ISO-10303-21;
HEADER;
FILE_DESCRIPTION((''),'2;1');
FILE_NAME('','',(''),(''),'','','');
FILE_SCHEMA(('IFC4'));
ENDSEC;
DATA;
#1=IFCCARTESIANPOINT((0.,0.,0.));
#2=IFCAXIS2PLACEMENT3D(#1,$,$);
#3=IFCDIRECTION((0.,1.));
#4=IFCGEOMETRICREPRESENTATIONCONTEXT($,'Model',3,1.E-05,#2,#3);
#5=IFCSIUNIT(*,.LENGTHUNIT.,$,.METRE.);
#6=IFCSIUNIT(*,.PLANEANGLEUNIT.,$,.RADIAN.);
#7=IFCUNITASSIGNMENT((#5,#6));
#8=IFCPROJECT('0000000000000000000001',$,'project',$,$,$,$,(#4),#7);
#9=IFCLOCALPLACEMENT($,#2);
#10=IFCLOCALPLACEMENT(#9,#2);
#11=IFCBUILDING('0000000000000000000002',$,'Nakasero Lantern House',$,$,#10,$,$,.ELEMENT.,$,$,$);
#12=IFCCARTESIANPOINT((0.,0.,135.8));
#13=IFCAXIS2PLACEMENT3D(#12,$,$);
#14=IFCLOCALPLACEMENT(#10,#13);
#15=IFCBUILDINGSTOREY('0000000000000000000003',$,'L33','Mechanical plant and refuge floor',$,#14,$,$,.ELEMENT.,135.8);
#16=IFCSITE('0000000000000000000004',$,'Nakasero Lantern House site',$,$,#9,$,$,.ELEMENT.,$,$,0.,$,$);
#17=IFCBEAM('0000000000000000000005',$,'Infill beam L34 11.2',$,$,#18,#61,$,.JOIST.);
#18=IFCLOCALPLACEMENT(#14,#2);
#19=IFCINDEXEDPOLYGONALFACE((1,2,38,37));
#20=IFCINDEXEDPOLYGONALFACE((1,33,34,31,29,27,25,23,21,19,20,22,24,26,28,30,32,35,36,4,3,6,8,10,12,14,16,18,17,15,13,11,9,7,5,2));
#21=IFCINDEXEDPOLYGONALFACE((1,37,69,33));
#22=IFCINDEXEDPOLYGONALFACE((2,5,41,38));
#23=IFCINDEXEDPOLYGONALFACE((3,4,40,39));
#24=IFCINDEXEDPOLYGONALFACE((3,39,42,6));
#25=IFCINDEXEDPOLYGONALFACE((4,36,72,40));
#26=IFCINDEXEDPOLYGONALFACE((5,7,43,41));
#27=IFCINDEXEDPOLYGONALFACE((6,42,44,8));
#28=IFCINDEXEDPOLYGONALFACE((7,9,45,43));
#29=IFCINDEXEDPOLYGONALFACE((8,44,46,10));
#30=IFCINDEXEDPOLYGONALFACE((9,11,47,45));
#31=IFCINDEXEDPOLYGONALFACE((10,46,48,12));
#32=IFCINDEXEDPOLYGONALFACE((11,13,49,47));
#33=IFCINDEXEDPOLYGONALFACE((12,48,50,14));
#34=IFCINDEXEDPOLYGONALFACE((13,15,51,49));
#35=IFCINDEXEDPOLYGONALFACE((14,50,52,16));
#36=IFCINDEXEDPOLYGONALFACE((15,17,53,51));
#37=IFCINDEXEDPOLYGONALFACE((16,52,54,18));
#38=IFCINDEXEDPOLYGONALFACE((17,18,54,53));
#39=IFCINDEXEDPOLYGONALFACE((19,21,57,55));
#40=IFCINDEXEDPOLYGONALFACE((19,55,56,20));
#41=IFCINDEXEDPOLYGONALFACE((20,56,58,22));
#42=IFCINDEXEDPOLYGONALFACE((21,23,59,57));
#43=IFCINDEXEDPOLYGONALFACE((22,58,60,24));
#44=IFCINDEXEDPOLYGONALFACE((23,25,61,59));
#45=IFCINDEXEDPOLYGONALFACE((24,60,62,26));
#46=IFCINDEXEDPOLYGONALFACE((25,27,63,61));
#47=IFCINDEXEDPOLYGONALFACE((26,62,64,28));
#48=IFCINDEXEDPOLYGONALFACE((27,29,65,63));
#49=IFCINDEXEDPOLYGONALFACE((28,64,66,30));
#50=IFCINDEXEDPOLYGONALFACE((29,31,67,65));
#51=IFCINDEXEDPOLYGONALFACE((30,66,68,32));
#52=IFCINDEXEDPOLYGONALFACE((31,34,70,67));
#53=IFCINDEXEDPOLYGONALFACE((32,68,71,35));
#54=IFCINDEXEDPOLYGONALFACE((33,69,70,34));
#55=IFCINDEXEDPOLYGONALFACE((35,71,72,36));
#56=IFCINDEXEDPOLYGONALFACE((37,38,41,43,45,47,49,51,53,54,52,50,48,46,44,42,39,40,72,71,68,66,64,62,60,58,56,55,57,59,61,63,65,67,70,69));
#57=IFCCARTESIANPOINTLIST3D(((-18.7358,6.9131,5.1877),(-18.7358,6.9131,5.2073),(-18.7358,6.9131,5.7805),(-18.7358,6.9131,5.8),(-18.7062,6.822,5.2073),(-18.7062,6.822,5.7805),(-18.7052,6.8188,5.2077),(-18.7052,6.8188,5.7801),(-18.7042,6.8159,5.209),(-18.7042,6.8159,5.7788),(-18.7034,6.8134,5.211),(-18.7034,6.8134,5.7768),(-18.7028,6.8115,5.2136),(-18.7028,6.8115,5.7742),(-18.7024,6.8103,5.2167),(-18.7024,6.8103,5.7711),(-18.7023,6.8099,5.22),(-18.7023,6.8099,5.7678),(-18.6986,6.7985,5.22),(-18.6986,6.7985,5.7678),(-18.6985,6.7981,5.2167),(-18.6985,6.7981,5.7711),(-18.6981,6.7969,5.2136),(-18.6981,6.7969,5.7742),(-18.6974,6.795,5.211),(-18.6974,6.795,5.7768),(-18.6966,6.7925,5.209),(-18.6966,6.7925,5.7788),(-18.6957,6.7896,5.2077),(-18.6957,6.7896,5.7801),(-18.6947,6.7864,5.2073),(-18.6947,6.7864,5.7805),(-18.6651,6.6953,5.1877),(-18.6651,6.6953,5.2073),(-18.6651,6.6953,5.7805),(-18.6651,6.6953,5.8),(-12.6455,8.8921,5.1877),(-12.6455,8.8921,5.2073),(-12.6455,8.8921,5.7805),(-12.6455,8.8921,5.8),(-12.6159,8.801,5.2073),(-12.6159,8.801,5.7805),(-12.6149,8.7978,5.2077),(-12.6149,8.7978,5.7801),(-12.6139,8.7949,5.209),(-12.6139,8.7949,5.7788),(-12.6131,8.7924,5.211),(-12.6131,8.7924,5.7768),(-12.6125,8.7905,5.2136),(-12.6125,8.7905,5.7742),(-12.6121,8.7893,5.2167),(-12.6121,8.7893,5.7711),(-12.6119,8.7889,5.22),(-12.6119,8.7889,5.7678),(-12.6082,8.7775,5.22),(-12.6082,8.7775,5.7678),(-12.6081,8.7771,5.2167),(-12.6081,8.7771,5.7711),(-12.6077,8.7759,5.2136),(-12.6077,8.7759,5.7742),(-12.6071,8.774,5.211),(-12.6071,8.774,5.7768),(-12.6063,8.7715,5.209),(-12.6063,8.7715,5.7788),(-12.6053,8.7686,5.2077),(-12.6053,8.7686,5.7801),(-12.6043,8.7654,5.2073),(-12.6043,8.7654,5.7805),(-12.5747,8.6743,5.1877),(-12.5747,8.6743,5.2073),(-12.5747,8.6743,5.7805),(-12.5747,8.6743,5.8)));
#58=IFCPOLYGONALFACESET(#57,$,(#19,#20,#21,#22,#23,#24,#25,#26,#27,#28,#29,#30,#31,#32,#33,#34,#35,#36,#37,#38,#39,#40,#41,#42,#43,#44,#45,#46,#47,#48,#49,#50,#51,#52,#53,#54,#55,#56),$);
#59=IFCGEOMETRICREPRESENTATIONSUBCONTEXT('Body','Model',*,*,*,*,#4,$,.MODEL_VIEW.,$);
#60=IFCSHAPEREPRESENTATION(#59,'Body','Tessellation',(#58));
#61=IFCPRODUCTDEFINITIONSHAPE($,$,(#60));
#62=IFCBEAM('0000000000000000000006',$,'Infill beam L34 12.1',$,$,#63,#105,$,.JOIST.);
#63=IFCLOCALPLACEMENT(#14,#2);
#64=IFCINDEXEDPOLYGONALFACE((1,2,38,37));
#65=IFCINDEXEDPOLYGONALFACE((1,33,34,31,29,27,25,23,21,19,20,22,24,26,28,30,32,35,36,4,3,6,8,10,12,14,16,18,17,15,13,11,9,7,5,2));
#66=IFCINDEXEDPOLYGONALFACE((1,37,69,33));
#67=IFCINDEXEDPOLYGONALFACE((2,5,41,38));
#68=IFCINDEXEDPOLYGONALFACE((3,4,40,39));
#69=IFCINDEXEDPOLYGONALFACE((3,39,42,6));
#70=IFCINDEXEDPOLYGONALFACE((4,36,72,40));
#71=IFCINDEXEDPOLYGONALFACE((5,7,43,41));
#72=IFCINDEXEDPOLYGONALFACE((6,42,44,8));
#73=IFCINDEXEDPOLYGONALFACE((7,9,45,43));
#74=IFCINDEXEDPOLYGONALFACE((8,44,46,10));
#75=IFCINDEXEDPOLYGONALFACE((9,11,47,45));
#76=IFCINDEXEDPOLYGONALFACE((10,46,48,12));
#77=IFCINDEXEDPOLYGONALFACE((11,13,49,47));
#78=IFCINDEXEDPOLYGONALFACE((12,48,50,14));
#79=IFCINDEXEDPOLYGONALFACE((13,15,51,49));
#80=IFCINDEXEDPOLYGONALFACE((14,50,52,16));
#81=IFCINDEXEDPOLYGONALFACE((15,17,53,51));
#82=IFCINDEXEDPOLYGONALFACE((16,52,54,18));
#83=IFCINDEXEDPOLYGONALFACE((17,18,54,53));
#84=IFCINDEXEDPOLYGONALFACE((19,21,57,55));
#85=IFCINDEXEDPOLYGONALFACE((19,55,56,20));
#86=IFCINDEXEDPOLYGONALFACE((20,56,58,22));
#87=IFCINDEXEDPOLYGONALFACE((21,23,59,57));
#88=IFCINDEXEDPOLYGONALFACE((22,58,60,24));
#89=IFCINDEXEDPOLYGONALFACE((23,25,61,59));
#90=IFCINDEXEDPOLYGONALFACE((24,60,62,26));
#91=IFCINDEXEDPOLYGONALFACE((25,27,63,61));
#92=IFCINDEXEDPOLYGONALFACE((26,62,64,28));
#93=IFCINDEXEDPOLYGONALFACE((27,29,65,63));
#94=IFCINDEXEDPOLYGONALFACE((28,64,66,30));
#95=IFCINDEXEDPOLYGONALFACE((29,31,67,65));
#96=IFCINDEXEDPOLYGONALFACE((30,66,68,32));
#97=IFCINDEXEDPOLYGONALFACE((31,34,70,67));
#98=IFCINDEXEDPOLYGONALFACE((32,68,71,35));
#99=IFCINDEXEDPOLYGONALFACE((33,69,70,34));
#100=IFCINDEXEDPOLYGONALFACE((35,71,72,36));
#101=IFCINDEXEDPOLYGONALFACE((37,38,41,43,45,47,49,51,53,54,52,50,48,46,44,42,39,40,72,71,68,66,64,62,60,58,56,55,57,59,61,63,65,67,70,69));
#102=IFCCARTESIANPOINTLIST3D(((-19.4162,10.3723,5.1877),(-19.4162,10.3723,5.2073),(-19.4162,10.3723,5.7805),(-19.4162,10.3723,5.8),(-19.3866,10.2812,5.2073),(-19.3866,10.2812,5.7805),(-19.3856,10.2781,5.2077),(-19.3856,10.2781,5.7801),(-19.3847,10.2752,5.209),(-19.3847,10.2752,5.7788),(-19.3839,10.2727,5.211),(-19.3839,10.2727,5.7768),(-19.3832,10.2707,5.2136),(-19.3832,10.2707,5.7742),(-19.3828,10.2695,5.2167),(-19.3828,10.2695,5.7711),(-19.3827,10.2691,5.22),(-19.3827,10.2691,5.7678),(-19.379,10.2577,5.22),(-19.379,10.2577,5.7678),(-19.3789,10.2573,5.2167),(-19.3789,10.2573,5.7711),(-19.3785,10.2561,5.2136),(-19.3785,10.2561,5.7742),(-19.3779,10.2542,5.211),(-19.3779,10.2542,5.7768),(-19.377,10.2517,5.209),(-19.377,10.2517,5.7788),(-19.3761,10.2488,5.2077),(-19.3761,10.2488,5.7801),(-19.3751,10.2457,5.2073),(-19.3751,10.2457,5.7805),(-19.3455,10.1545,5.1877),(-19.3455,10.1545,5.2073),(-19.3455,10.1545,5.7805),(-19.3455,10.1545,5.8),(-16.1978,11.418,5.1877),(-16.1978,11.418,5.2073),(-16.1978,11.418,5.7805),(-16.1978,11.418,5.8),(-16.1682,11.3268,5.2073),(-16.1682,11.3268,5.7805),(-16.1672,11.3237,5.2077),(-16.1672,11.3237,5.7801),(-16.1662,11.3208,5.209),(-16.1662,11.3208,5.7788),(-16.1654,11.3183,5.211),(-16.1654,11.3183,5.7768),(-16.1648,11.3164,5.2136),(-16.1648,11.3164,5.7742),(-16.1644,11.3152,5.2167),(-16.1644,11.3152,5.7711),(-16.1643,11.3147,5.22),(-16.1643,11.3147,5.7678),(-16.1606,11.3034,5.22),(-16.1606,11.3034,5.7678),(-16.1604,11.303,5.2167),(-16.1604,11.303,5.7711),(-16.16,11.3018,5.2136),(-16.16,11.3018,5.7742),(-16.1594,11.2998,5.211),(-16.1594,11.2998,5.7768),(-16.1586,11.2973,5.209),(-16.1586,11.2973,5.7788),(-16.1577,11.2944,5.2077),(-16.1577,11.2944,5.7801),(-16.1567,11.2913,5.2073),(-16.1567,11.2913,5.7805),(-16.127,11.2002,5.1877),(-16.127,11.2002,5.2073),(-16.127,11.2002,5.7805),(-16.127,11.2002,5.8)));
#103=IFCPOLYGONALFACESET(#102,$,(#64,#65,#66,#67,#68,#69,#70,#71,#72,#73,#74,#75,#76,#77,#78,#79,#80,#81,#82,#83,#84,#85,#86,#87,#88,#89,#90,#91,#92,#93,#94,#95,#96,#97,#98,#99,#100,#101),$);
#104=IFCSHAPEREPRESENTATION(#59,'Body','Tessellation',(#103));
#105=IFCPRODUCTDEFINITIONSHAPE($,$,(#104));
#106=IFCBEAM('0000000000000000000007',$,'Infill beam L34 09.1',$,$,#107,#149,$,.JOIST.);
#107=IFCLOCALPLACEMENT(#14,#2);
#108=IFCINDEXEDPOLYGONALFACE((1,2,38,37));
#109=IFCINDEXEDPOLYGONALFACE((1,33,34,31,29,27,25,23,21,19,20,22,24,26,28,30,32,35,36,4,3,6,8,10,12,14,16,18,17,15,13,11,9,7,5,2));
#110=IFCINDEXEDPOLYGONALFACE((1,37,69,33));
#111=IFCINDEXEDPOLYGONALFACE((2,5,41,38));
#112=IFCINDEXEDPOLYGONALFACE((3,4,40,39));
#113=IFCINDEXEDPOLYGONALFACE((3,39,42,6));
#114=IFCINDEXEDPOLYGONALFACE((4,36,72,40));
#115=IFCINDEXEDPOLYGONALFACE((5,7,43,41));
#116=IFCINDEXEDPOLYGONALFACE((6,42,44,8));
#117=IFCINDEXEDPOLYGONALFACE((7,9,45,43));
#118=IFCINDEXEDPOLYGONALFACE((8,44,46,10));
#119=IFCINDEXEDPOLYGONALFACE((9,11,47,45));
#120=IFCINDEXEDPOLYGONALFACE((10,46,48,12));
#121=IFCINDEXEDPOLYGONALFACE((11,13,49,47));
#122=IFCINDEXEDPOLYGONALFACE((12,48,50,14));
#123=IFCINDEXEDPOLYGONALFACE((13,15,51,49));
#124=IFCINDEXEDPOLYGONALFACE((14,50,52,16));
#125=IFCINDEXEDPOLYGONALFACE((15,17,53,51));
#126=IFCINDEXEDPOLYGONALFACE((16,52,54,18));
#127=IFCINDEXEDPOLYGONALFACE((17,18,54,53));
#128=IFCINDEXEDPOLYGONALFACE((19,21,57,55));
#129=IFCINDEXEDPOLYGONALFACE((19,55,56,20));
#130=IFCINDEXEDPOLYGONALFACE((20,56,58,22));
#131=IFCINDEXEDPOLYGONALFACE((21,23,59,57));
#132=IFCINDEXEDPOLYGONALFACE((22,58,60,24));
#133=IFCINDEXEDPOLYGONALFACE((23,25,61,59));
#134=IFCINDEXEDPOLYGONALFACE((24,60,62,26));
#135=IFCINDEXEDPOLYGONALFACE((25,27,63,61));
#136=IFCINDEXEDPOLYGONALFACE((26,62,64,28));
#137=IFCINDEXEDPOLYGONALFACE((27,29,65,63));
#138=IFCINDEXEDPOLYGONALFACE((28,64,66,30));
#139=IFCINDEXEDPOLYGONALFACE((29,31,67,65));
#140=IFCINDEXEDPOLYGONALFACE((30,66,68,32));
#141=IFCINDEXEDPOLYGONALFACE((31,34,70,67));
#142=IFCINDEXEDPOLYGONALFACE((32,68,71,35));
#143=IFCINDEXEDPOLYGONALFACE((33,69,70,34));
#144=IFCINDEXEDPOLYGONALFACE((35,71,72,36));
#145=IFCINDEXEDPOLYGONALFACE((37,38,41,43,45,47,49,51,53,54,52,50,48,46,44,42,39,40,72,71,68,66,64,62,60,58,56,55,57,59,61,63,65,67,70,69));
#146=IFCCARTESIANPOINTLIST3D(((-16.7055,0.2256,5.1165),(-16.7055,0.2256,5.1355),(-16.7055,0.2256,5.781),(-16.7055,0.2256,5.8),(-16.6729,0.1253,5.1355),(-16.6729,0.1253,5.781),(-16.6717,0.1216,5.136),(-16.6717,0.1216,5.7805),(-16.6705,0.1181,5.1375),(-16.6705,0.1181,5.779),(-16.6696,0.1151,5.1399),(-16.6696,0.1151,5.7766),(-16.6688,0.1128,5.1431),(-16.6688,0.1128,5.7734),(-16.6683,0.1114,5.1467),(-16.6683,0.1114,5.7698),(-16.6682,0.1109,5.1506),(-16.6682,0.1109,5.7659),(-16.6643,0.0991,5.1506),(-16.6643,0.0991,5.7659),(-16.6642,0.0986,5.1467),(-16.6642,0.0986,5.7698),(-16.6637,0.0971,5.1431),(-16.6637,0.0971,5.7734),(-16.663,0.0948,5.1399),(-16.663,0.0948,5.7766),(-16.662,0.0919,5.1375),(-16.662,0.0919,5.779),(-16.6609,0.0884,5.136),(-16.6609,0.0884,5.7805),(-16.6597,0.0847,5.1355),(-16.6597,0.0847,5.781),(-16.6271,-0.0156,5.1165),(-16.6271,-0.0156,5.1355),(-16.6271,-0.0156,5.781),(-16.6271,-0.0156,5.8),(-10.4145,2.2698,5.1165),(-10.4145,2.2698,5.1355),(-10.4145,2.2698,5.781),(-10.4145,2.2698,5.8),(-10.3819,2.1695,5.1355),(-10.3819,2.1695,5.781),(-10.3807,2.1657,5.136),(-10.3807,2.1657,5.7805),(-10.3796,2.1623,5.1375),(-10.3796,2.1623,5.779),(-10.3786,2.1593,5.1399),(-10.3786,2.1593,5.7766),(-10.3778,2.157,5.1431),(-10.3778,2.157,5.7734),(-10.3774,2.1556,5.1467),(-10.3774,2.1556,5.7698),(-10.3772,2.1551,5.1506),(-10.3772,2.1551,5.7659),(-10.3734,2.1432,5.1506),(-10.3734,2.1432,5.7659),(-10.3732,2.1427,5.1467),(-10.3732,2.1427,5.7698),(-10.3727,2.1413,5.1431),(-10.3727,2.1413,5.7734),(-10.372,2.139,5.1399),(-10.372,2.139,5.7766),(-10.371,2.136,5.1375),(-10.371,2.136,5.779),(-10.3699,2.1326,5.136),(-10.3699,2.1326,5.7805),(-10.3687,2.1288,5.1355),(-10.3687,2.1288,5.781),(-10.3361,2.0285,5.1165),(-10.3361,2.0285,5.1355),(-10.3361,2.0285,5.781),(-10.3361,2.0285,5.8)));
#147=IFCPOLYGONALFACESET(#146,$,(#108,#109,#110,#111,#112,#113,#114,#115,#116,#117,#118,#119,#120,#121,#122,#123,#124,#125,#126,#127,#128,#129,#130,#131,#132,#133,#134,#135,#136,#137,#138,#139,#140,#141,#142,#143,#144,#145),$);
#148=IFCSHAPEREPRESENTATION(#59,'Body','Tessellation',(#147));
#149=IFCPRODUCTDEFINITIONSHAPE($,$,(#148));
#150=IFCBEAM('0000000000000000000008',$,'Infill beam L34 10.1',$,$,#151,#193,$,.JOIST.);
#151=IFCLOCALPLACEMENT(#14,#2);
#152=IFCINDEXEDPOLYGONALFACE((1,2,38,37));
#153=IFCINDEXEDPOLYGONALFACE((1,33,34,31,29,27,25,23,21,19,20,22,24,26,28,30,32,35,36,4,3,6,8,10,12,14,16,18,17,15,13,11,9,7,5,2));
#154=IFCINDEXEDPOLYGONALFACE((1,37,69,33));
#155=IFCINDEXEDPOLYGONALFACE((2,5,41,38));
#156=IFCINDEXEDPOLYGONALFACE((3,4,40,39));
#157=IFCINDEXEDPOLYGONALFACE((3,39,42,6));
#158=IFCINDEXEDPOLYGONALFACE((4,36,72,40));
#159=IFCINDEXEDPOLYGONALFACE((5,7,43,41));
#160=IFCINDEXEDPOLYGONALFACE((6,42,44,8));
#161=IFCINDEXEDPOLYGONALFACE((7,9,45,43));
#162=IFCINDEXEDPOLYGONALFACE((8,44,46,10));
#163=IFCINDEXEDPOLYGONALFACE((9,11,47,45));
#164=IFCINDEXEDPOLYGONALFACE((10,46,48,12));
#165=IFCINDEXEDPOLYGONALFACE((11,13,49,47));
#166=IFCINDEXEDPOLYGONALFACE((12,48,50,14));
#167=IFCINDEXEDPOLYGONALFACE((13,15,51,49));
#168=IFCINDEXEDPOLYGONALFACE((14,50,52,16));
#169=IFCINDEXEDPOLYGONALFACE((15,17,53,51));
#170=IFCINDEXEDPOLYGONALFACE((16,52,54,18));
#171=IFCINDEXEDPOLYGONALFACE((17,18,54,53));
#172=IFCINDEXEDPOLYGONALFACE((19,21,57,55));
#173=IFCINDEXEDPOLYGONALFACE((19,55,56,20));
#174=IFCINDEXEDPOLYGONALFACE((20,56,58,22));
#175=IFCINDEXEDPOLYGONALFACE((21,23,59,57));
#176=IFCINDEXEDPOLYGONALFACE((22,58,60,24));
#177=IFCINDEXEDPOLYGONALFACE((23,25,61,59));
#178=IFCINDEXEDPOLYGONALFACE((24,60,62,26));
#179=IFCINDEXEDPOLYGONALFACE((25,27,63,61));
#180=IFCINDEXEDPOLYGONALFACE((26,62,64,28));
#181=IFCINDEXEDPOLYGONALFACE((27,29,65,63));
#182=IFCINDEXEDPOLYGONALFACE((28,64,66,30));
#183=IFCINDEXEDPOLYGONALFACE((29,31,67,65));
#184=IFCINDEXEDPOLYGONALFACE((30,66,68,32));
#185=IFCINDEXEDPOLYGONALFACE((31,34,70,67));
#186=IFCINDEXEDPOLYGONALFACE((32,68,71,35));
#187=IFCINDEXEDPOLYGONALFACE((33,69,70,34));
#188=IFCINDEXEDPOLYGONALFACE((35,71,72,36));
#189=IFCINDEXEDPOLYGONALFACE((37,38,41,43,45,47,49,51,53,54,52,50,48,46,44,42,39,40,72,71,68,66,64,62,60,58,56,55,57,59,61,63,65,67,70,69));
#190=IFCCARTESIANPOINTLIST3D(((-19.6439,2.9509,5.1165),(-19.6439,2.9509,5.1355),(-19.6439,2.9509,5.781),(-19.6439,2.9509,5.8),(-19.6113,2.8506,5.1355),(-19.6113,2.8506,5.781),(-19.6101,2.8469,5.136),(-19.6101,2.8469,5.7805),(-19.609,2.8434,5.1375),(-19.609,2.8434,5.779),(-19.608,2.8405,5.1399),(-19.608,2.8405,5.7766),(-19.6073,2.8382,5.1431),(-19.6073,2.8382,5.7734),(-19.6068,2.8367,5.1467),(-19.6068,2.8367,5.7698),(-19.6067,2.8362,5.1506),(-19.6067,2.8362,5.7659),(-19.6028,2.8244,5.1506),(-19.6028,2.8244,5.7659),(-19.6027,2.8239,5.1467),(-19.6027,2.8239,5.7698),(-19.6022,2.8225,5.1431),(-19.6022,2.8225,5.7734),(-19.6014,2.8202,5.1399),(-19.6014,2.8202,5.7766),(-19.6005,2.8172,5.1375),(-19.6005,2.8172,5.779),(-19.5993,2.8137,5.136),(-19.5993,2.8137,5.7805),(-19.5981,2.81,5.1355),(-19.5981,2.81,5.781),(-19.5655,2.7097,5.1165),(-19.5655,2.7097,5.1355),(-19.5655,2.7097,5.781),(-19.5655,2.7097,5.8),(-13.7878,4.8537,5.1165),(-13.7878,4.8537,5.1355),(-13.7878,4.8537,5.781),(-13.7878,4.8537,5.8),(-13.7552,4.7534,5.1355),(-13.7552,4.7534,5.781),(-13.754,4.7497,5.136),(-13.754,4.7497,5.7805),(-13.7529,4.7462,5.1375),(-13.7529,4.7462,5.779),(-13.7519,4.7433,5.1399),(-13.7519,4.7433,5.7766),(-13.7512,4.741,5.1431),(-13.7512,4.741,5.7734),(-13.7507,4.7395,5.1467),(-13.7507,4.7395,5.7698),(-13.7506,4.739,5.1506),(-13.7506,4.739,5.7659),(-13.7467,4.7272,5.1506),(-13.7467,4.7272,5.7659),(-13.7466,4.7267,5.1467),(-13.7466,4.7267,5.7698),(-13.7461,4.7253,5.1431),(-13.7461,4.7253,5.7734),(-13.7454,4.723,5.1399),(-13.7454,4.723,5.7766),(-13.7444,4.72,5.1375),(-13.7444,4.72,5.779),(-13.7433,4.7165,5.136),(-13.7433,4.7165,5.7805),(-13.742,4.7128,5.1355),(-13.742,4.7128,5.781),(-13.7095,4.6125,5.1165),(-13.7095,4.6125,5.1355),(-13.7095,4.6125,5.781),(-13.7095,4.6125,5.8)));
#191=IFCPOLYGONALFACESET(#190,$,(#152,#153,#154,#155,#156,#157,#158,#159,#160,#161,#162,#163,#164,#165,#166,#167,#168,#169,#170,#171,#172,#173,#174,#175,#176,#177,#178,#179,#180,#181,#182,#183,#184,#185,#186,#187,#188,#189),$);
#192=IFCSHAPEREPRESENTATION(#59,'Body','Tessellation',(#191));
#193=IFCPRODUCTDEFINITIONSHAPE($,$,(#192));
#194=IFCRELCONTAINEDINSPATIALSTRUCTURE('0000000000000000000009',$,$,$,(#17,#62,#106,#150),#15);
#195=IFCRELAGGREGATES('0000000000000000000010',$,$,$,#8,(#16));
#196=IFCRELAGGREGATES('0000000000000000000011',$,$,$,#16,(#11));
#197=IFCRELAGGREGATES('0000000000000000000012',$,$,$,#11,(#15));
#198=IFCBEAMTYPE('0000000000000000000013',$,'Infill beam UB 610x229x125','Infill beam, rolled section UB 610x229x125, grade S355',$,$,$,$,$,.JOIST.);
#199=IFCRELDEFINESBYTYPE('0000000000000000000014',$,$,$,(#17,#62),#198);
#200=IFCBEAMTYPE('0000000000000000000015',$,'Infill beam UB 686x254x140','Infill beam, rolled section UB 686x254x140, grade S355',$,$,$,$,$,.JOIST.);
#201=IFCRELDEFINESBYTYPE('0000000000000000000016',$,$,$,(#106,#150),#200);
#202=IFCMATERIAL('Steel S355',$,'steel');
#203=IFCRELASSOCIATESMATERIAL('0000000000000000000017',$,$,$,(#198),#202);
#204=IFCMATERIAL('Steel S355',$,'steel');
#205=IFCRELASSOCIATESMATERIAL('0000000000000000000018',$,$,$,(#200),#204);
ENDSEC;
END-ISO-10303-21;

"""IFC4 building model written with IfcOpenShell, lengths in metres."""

from ifc_helpers import new_model, si_unit, direction, frame, origin, origin_2d, place, context, subcontext, project, spatial, i_section, extrude, material, material_profile, profile_set, type_object, element, save


model = new_model("IFC4")

# Units and contexts
model_context = context("Model", 3, precision=1e-05, world=origin(), true_north=direction((0.0, 1.0)))
body_context = subcontext(model_context, "Body", "Model", "MODEL_VIEW")
ifc_project = project(units=[si_unit("LENGTHUNIT", "METRE"), si_unit("PLANEANGLEUNIT", "RADIAN")], contexts=[model_context])

# Site, building, storey
site_placement = place(None, origin())
site = spatial("IfcSite", under=ifc_project, at=site_placement, Name="Nakasero Lantern House site", CompositionType="ELEMENT", RefElevation=0.0)
building_placement = place(site_placement, origin())
building = spatial("IfcBuilding", under=site, at=building_placement, Name="Nakasero Lantern House", CompositionType="ELEMENT")
storey_placement = place(building_placement, frame((0.0, 0.0, 135.8)))
storey = spatial("IfcBuildingStorey", under=building, at=storey_placement, Name="L33", Description="Mechanical plant and refuge floor", CompositionType="ELEMENT", Elevation=135.8)

# Beams
ifc_material_1 = material(Name="Steel S355", Category="steel")
ifc_material_profile_1 = material_profile(ifc_material_1, i_section(OverallWidth=0.229, OverallDepth=0.6123, WebThickness=0.012, FlangeThickness=0.0195, FilletRadius=0.0127, at=origin_2d()), Name="UB 610x229x125")
ifc_profile_set_1 = profile_set([ifc_material_profile_1], Name="Steel S355")
beam_type_1 = type_object("IfcBeamType", Name="Infill beam UB 610x229x125", Description="Infill beam, rolled section UB 610x229x125, grade S355", PredefinedType="JOIST", material=ifc_profile_set_1)
beam_1_placement = place(storey_placement, frame((-18.7004, 6.8042, 5.4939), z_axis=(0.95105, 0.309036, 0.0), x_axis=(-0.309036, 0.95105, 0.0)))
element("IfcBeam", 1, at=beam_1_placement, inside=storey, type_object=beam_type_1, Name="Infill beam L34 11.2", PredefinedType="JOIST", context=body_context, shape_type="SweptSolid", body=[
    extrude(i_section(OverallWidth=0.229, OverallDepth=0.6123, WebThickness=0.012, FlangeThickness=0.0195, FilletRadius=0.0127, at=origin_2d()), origin(), (0.0, 0.0, 1.0), 6.4038),
])
beam_2_placement = place(storey_placement, frame((-19.3809, 10.2634, 5.4939), z_axis=(0.951065, 0.30899, 0.0), x_axis=(-0.30899, 0.951065, 0.0)))
element("IfcBeam", 2, at=beam_2_placement, inside=storey, type_object=beam_type_1, Name="Infill beam L34 12.1", PredefinedType="JOIST", context=body_context, shape_type="SweptSolid", body=[
    extrude(i_section(OverallWidth=0.229, OverallDepth=0.6123, WebThickness=0.012, FlangeThickness=0.0195, FilletRadius=0.0127, at=origin_2d()), origin(), (0.0, 0.0, 1.0), 3.384),
])
ifc_material_2 = material(Name="Steel S355", Category="steel")
ifc_material_profile_2 = material_profile(ifc_material_2, i_section(OverallWidth=0.2537, OverallDepth=0.6836, WebThickness=0.0125, FlangeThickness=0.019, FilletRadius=0.0151, at=origin_2d()), Name="UB 686x254x140")
ifc_profile_set_2 = profile_set([ifc_material_profile_2], Name="Steel S355")
beam_type_2 = type_object("IfcBeamType", Name="Infill beam UB 686x254x140", Description="Infill beam, rolled section UB 686x254x140, grade S355", PredefinedType="JOIST", material=ifc_profile_set_2)
beam_3_placement = place(storey_placement, frame((-16.6663, 0.105, 5.4583), z_axis=(0.951051, 0.309033, 0.0), x_axis=(-0.309033, 0.951051, 0.0)))
element("IfcBeam", 3, at=beam_3_placement, inside=storey, type_object=beam_type_2, Name="Infill beam L34 09.1", PredefinedType="JOIST", context=body_context, shape_type="SweptSolid", body=[
    extrude(i_section(OverallWidth=0.2537, OverallDepth=0.6836, WebThickness=0.0125, FlangeThickness=0.019, FilletRadius=0.0151, at=origin_2d()), origin(), (0.0, 0.0, 1.0), 6.6147),
])
beam_4_placement = place(storey_placement, frame((-19.6047, 2.8303, 5.4583), z_axis=(0.951055, 0.309022, 0.0), x_axis=(-0.309022, 0.951055, 0.0)))
element("IfcBeam", 4, at=beam_4_placement, inside=storey, type_object=beam_type_2, Name="Infill beam L34 10.1", PredefinedType="JOIST", context=body_context, shape_type="SweptSolid", body=[
    extrude(i_section(OverallWidth=0.2537, OverallDepth=0.6836, WebThickness=0.0125, FlangeThickness=0.019, FilletRadius=0.0151, at=origin_2d()), origin(), (0.0, 0.0, 1.0), 6.1575),
])

save(model, "model.ifc")
